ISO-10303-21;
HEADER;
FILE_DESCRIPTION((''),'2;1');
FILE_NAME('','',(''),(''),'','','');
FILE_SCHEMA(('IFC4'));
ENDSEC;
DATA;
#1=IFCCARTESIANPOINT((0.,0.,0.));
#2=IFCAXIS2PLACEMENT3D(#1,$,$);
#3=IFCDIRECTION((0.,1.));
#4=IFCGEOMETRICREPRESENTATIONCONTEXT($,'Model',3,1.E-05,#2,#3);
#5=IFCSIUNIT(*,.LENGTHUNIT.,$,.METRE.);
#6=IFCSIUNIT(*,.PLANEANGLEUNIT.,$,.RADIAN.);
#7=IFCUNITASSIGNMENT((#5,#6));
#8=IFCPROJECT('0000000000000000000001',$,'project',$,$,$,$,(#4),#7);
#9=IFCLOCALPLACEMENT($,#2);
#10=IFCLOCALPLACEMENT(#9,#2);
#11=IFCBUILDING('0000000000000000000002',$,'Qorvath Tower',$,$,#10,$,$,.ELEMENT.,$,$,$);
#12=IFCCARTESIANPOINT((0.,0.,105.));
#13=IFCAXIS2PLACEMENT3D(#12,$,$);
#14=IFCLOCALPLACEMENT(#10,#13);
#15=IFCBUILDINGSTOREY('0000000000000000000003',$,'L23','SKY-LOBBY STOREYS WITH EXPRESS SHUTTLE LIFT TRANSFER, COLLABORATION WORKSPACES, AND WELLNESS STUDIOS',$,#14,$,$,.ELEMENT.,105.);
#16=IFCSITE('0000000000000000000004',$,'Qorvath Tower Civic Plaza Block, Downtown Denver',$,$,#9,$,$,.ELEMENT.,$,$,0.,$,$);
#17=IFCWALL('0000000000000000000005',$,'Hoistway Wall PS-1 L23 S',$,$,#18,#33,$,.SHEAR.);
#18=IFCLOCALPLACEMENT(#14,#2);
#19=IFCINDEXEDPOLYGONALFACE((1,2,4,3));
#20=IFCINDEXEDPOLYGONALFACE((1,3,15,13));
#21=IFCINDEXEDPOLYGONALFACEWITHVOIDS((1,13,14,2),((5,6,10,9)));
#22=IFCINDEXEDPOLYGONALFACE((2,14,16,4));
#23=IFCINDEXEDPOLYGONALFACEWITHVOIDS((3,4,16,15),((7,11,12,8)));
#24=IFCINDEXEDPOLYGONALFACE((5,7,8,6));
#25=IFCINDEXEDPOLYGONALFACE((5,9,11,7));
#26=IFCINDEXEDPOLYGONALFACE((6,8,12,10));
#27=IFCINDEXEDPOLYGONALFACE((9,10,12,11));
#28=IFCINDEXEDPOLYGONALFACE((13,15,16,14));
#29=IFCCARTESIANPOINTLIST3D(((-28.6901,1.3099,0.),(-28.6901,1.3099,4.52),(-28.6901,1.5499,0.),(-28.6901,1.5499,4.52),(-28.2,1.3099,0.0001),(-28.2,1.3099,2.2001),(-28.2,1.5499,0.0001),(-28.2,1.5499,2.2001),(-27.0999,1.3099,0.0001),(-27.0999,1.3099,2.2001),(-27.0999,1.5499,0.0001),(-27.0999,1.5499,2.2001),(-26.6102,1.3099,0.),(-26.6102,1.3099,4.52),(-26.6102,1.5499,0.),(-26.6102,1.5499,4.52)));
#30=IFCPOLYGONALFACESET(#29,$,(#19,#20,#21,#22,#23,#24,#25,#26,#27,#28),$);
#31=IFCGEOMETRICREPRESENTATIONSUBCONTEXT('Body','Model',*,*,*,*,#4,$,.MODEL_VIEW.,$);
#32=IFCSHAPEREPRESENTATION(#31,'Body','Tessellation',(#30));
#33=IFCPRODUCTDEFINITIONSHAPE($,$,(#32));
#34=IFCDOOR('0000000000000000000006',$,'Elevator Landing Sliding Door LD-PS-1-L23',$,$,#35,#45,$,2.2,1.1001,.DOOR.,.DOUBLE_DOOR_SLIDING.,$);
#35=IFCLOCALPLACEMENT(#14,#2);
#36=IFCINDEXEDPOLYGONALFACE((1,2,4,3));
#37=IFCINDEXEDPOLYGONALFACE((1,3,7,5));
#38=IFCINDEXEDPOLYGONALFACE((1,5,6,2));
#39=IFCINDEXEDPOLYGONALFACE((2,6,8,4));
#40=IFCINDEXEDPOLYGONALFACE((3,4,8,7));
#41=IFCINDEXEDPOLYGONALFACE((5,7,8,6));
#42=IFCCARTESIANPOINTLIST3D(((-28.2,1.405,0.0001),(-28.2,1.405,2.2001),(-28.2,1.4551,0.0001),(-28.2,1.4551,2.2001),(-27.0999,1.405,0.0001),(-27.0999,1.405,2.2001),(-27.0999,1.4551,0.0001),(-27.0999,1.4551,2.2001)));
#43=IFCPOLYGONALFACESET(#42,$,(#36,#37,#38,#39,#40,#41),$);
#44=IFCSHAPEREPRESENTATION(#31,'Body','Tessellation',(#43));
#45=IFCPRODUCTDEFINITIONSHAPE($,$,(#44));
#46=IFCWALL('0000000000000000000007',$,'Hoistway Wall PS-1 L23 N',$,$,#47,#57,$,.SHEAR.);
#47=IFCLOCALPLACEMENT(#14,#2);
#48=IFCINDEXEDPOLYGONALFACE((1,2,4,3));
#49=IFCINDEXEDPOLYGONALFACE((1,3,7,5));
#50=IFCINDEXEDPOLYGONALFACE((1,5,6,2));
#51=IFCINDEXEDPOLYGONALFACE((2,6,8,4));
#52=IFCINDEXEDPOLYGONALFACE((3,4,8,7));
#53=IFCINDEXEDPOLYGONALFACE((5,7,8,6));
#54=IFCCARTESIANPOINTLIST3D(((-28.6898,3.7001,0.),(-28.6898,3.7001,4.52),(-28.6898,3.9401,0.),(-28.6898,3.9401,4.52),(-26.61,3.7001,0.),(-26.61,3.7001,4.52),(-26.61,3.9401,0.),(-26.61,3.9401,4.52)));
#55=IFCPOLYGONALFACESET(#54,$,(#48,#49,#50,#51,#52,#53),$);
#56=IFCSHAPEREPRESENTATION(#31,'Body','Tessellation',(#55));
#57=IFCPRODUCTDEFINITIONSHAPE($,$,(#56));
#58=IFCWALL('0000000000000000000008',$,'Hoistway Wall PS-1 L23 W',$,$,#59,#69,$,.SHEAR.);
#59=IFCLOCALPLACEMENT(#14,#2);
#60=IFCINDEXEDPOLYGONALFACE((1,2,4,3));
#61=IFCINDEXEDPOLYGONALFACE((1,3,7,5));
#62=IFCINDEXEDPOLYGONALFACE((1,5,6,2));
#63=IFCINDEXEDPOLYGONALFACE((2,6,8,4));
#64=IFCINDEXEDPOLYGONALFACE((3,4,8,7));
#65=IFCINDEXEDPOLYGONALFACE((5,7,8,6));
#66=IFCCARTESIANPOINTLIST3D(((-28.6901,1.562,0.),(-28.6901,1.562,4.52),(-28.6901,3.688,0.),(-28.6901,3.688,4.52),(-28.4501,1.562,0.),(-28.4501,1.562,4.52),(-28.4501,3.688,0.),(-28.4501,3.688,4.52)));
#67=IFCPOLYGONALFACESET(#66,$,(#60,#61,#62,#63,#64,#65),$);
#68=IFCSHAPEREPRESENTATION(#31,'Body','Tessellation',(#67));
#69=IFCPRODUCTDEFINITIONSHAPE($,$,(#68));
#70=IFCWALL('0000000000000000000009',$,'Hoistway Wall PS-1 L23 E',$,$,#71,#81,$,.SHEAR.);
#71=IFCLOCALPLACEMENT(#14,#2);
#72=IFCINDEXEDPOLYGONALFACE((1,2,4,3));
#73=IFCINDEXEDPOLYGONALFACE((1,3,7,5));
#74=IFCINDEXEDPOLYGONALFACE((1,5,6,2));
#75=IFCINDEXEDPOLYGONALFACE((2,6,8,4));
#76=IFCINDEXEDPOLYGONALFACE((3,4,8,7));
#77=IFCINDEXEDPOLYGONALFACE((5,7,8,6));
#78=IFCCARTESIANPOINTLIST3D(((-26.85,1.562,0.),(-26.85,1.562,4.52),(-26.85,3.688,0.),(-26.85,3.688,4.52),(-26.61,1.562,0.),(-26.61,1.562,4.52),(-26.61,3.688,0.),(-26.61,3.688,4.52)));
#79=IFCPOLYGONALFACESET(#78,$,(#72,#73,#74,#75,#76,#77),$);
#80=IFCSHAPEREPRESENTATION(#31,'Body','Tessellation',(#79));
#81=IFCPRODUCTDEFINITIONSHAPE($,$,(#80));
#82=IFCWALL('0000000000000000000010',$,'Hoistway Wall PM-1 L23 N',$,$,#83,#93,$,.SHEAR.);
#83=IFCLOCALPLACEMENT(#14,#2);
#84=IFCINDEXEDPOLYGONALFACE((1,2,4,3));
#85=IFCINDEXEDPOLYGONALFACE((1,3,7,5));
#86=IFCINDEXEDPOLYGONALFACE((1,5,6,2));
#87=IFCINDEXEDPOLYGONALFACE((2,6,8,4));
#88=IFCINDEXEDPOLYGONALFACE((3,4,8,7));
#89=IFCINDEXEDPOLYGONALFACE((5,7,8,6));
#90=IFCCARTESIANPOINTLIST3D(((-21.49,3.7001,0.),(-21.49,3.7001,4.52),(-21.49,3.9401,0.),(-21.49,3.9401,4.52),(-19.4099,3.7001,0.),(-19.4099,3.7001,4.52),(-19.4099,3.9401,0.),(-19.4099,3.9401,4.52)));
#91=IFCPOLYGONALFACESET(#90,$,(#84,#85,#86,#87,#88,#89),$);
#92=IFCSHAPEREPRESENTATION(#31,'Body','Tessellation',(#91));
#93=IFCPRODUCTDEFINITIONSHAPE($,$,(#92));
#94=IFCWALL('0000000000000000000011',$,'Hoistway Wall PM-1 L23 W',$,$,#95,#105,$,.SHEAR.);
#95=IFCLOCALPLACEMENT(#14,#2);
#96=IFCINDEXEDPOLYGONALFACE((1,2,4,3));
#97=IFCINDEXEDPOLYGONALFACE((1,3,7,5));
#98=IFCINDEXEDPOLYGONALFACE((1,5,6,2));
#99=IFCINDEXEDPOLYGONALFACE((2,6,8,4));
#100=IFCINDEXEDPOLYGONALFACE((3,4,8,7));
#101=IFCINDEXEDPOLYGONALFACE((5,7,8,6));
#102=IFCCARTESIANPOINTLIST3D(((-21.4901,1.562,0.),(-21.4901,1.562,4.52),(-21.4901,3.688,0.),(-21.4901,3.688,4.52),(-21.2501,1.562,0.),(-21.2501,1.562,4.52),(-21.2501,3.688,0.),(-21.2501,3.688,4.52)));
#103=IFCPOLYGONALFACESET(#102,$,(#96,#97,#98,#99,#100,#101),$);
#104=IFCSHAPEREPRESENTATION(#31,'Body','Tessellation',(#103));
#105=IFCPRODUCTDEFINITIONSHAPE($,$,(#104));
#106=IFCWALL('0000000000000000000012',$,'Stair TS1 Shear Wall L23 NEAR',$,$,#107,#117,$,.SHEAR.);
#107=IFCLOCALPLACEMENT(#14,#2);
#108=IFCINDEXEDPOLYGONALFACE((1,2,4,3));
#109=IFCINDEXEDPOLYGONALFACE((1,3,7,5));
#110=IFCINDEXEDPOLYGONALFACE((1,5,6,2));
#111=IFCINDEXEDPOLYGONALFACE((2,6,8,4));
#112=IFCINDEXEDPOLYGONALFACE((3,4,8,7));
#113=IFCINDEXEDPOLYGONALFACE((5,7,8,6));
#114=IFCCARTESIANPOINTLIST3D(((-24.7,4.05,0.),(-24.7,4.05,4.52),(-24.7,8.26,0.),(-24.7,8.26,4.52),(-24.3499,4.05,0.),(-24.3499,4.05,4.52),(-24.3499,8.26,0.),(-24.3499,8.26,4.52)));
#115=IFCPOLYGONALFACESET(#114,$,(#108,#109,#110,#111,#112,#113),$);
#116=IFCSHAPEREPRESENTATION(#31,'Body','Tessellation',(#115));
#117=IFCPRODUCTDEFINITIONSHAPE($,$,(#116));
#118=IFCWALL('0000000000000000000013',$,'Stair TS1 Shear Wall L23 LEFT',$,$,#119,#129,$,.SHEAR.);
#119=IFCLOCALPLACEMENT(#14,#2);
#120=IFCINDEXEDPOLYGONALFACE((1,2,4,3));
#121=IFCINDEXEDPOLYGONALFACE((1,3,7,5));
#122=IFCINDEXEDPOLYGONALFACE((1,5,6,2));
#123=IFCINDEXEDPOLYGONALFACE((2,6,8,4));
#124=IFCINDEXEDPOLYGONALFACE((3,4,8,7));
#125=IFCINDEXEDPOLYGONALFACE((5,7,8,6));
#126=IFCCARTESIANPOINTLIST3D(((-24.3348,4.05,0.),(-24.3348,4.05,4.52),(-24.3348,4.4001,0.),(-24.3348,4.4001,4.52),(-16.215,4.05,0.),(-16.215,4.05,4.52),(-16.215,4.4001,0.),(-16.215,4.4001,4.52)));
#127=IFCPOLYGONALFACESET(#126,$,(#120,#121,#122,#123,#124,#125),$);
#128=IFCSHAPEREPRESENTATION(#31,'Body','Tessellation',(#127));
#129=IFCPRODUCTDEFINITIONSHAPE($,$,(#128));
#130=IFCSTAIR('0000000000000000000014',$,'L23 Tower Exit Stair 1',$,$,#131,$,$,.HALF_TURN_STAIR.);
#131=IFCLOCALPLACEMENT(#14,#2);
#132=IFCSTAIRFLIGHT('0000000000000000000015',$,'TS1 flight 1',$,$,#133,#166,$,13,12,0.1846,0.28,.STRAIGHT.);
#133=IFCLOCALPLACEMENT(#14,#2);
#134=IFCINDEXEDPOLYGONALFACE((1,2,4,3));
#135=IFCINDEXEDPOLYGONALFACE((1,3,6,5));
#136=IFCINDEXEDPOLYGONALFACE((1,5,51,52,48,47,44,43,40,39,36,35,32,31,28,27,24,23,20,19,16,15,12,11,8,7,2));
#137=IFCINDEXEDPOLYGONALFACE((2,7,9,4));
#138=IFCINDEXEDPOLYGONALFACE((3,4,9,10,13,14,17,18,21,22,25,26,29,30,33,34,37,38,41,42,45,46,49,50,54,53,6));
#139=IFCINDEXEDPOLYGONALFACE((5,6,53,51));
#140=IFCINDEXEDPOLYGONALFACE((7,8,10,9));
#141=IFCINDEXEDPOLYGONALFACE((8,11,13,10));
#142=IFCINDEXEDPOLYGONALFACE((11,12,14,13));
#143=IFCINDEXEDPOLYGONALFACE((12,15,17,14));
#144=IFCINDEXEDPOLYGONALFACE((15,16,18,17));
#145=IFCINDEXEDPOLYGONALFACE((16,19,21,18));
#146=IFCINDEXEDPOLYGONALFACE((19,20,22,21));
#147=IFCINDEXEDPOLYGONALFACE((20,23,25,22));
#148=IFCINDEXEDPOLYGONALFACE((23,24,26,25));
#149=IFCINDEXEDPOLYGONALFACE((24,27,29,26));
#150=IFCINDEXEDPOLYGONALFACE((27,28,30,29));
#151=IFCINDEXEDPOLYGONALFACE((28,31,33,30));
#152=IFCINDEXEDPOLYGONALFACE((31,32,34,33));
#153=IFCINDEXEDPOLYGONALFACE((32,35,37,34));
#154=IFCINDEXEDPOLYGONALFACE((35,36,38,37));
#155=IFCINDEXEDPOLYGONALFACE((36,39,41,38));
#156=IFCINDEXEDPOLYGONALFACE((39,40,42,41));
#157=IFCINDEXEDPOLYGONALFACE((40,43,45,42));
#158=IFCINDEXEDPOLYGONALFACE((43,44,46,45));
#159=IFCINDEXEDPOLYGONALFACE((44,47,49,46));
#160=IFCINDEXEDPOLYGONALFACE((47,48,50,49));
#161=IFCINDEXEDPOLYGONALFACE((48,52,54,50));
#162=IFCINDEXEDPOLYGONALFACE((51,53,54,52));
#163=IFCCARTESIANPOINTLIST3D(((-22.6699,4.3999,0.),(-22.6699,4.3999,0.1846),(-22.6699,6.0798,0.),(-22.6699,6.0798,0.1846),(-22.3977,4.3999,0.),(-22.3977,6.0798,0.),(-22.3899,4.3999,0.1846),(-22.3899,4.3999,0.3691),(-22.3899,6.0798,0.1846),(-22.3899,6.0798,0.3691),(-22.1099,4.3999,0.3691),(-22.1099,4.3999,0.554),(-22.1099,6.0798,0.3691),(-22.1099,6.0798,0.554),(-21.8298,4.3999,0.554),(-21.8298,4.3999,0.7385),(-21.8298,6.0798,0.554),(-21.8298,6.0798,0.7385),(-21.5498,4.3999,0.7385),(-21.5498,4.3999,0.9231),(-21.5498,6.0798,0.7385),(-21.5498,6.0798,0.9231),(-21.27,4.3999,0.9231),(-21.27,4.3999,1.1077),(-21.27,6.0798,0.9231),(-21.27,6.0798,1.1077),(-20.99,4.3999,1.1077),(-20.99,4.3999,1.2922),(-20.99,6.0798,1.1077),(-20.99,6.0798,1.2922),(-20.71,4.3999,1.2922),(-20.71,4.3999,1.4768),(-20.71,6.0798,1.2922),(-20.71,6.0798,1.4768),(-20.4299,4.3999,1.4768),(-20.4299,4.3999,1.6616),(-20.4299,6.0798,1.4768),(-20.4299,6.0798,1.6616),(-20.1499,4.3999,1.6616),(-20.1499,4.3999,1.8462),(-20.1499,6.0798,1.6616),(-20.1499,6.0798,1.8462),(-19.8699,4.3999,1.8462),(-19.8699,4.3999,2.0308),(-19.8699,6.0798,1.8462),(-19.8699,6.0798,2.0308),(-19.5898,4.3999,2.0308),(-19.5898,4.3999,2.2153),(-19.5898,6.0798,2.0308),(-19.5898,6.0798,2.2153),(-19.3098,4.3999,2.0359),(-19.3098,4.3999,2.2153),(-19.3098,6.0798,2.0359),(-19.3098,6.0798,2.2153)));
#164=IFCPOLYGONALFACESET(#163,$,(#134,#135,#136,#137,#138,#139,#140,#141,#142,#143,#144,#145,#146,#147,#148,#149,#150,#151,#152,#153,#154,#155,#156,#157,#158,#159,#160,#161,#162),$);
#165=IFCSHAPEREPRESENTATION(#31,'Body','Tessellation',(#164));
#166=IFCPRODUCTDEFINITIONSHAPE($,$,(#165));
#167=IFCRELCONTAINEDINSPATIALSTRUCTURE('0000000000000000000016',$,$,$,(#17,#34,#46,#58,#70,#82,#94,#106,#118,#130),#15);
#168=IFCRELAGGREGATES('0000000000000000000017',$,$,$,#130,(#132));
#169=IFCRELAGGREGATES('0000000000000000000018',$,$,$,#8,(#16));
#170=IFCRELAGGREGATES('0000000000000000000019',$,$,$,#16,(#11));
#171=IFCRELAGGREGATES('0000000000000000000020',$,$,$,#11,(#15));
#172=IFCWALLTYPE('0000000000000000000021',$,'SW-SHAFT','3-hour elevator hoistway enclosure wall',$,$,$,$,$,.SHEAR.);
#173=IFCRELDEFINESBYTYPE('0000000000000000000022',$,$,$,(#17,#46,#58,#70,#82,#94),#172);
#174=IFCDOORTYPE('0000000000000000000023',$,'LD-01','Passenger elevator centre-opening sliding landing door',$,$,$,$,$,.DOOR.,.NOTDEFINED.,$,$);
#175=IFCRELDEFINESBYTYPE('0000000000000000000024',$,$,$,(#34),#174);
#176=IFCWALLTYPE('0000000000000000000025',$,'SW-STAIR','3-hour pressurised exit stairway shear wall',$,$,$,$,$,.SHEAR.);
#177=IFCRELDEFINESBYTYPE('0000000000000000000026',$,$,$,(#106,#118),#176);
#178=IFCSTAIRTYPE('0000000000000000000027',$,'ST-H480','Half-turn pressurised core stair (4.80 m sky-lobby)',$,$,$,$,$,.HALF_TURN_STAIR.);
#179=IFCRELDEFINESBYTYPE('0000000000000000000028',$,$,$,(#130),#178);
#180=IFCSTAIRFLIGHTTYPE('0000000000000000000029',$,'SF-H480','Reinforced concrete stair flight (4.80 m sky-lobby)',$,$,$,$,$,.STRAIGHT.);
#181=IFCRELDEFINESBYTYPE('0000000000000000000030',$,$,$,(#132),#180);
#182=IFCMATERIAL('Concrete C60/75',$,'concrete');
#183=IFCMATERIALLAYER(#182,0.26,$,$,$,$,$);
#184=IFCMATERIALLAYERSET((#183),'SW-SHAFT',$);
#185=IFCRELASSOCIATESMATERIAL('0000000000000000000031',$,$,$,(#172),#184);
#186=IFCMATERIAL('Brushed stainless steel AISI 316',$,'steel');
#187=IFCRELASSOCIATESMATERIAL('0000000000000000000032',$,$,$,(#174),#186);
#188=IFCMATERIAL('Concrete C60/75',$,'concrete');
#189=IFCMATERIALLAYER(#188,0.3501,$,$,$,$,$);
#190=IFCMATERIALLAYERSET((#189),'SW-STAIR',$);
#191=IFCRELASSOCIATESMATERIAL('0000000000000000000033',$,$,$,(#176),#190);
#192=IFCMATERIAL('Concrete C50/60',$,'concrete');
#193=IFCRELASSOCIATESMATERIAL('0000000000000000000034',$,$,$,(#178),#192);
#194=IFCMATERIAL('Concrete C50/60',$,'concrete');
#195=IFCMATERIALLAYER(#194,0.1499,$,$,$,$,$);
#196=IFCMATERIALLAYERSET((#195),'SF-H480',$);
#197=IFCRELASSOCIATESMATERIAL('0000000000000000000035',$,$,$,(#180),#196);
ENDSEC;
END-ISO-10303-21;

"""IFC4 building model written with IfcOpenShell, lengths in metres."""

from ifc_helpers import new_model, si_unit, direction, frame, frame_2d, origin, place, context, subcontext, project, spatial, polyline, rectangle, outline, extrude, material, layer, layer_set, type_object, element, fill, aggregate, save


model = new_model("IFC4")

# Units and contexts
model_context = context("Model", 3, precision=1e-05, world=origin(), true_north=direction((0.0, 1.0)))
body_context = subcontext(model_context, "Body", "Model", "MODEL_VIEW")
ifc_project = project(units=[si_unit("LENGTHUNIT", "METRE"), si_unit("PLANEANGLEUNIT", "RADIAN")], contexts=[model_context])

# Site, building, storey
site_placement = place(None, origin())
site = spatial("IfcSite", under=ifc_project, at=site_placement, Name="Qorvath Tower Civic Plaza Block, Downtown Denver", CompositionType="ELEMENT", RefElevation=0.0)
building_placement = place(site_placement, origin())
building = spatial("IfcBuilding", under=site, at=building_placement, Name="Qorvath Tower", CompositionType="ELEMENT")
storey_placement = place(building_placement, frame((0.0, 0.0, 105.0)))
storey = spatial("IfcBuildingStorey", under=building, at=storey_placement, Name="L23", Description="SKY-LOBBY STOREYS WITH EXPRESS SHUTTLE LIFT TRANSFER, COLLABORATION WORKSPACES, AND WELLNESS STUDIOS", CompositionType="ELEMENT", Elevation=105.0)

# Shared definitions
ifc_material_1 = material(Name="Concrete C60/75", Category="concrete")
ifc_layer_1 = layer(ifc_material_1, 0.26)
ifc_layer_set_1 = layer_set([ifc_layer_1], Name="SW-SHAFT")
wall_type_1 = type_object("IfcWallType", Name="SW-SHAFT", Description="3-hour elevator hoistway enclosure wall", PredefinedType="SHEAR", material=ifc_layer_set_1)

# Wall, opening, door
wall_1_placement = place(storey_placement, frame((-26.6101, 1.4299, 0.0), z_axis=(0.0, 0.0, 1.0), x_axis=(-1.0, 0.0, 0.0)))
wall_1 = element("IfcWall", 1, at=wall_1_placement, inside=storey, type_object=wall_type_1, Name="Hoistway Wall PS-1 L23 S", PredefinedType="SHEAR", context=body_context, shape_type="SweptSolid", body=[
    extrude(rectangle(XDim=2.0798, YDim=0.24, at=frame_2d((1.04, 0.0))), origin(), (0.0, 0.0, 1.0), 4.52),
])
opening_1_placement = place(wall_1_placement, frame((0.4897, 0.0, 0.0)))
opening_1 = element("IfcOpeningElement", 2, at=opening_1_placement, cuts=wall_1, PredefinedType="OPENING", context=body_context, shape_type="SweptSolid", body=[
    extrude(rectangle(XDim=1.1001, YDim=2.2, at=frame_2d((0.55, 1.1001))), frame((0.0, 0.1299, 0.0), z_axis=(0.0, -1.0, 0.0), x_axis=(1.0, 0.0, 0.0)), (0.0, 0.0, 1.0), 0.26),
])
ifc_material_2 = material(Name="Brushed stainless steel AISI 316", Category="steel")
door_type_1 = type_object("IfcDoorType", Name="LD-01", Description="Passenger elevator centre-opening sliding landing door", OperationType="NOTDEFINED", PredefinedType="DOOR", material=ifc_material_2)
door_1_placement = place(opening_1_placement, origin())
door_1 = element("IfcDoor", 3, at=door_1_placement, inside=storey, type_object=door_type_1, Name="Elevator Landing Sliding Door LD-PS-1-L23", OperationType="DOUBLE_DOOR_SLIDING", OverallHeight=2.2, OverallWidth=1.1001, PredefinedType="DOOR", context=body_context, shape_type="SweptSolid", body=[
    extrude(rectangle(XDim=1.1001, YDim=2.2, at=frame_2d((0.55, 1.1001))), frame((0.0, 0.0249, 0.0), z_axis=(0.0, -1.0, 0.0), x_axis=(1.0, 0.0, 0.0)), (0.0, 0.0, 1.0), 0.05),
])
fill(opening_1, door_1)

# Walls
wall_2_placement = place(storey_placement, frame((-28.6899, 3.8201, 0.0), z_axis=(0.0, 0.0, 1.0), x_axis=(1.0, 0.0, 0.0)))
element("IfcWall", 4, at=wall_2_placement, inside=storey, type_object=wall_type_1, Name="Hoistway Wall PS-1 L23 N", PredefinedType="SHEAR", context=body_context, shape_type="SweptSolid", body=[
    extrude(rectangle(XDim=2.0798, YDim=0.24, at=frame_2d((1.04, 0.0))), origin(), (0.0, 0.0, 1.0), 4.52),
])
for number, where, z_axis, x_axis, name in (
    (5, (-28.5701, 1.562, 0.0), (0.0, 0.0, 1.0), (0.0, 1.0, 0.0), "Hoistway Wall PS-1 L23 W"),
    (6, (-26.73, 3.688, 0.0), (0.0, 0.0, 1.0), (0.0, -1.0, 0.0), "Hoistway Wall PS-1 L23 E"),
):
    element("IfcWall", number, at=place(storey_placement, frame(where, z_axis=z_axis, x_axis=x_axis)), inside=storey, type_object=wall_type_1, Name=name, PredefinedType="SHEAR", context=body_context, shape_type="SweptSolid", body=[
        extrude(rectangle(XDim=2.126, YDim=0.24, at=frame_2d((1.063, 0.0))), origin(), (0.0, 0.0, 1.0), 4.52),
    ])
wall_3_placement = place(storey_placement, frame((-21.49, 3.8201, 0.0), z_axis=(0.0, 0.0, 1.0), x_axis=(1.0, 0.0, 0.0)))
element("IfcWall", 7, at=wall_3_placement, inside=storey, type_object=wall_type_1, Name="Hoistway Wall PM-1 L23 N", PredefinedType="SHEAR", context=body_context, shape_type="SweptSolid", body=[
    extrude(rectangle(XDim=2.0801, YDim=0.24, at=frame_2d((1.04, 0.0))), origin(), (0.0, 0.0, 1.0), 4.52),
])
wall_4_placement = place(storey_placement, frame((-21.3701, 1.562, 0.0), z_axis=(0.0, 0.0, 1.0), x_axis=(0.0, 1.0, 0.0)))
element("IfcWall", 8, at=wall_4_placement, inside=storey, type_object=wall_type_1, Name="Hoistway Wall PM-1 L23 W", PredefinedType="SHEAR", context=body_context, shape_type="SweptSolid", body=[
    extrude(rectangle(XDim=2.126, YDim=0.24, at=frame_2d((1.063, 0.0))), origin(), (0.0, 0.0, 1.0), 4.52),
])
ifc_material_3 = material(Name="Concrete C60/75", Category="concrete")
ifc_layer_2 = layer(ifc_material_3, 0.3501)
ifc_layer_set_2 = layer_set([ifc_layer_2], Name="SW-STAIR")
wall_type_2 = type_object("IfcWallType", Name="SW-STAIR", Description="3-hour pressurised exit stairway shear wall", PredefinedType="SHEAR", material=ifc_layer_set_2)
wall_5_placement = place(storey_placement, frame((-24.5249, 8.26, 0.0), z_axis=(0.0, 0.0, 1.0), x_axis=(0.0, -1.0, 0.0)))
element("IfcWall", 9, at=wall_5_placement, inside=storey, type_object=wall_type_2, Name="Stair TS1 Shear Wall L23 NEAR", PredefinedType="SHEAR", context=body_context, shape_type="SweptSolid", body=[
    extrude(rectangle(XDim=4.21, YDim=0.3501, at=frame_2d((2.105, 0.0))), origin(), (0.0, 0.0, 1.0), 4.52),
])
wall_6_placement = place(storey_placement, frame((-24.335, 4.2251, 0.0), z_axis=(0.0, 0.0, 1.0), x_axis=(1.0, 0.0, 0.0)))
element("IfcWall", 10, at=wall_6_placement, inside=storey, type_object=wall_type_2, Name="Stair TS1 Shear Wall L23 LEFT", PredefinedType="SHEAR", context=body_context, shape_type="SweptSolid", body=[
    extrude(rectangle(XDim=8.1199, YDim=0.3501, at=frame_2d((4.0601, 0.0))), origin(), (0.0, 0.0, 1.0), 4.52),
])

# Stair, stair flight
ifc_material_4 = material(Name="Concrete C50/60", Category="concrete")
stair_type = type_object("IfcStairType", Name="ST-H480", Description="Half-turn pressurised core stair (4.80 m sky-lobby)", PredefinedType="HALF_TURN_STAIR", material=ifc_material_4)
stair_placement = place(storey_placement, origin())
stair = element("IfcStair", 11, at=stair_placement, inside=storey, type_object=stair_type, Name="L23 Tower Exit Stair 1", PredefinedType="HALF_TURN_STAIR")
ifc_material_5 = material(Name="Concrete C50/60", Category="concrete")
ifc_layer_3 = layer(ifc_material_5, 0.1499)
ifc_layer_set_3 = layer_set([ifc_layer_3], Name="SF-H480")
stair_flight_type = type_object("IfcStairFlightType", Name="SF-H480", Description="Reinforced concrete stair flight (4.80 m sky-lobby)", PredefinedType="STRAIGHT", material=ifc_layer_set_3)
stair_flight_placement = place(storey_placement, frame((-22.6699, 5.24, 0.0), z_axis=(0.0, 0.0, 1.0), x_axis=(1.0, 0.0, 0.0)))
stair_flight = element("IfcStairFlight", 12, at=stair_flight_placement, type_object=stair_flight_type, Name="TS1 flight 1", NumberOfRisers=13, NumberOfTreads=12, PredefinedType="STRAIGHT", RiserHeight=0.1846, TreadLength=0.28, context=body_context, shape_type="SweptSolid", body=[
    extrude(outline(polyline([(0.0, 0.0), (0.0, 0.1846), (0.28, 0.1846), (0.28, 0.3691), (0.5601, 0.3691), (0.5601, 0.554), (0.8401, 0.554), (0.8401, 0.7385), (1.1201, 0.7385), (1.1201, 0.9231), (1.3999, 0.9231), (1.3999, 1.1077), (1.6799, 1.1077), (1.6799, 1.2922), (1.96, 1.2922), (1.96, 1.4768), (2.24, 1.4768), (2.24, 1.6616), (2.52, 1.6616), (2.52, 1.8462), (2.8, 1.8462), (2.8, 2.0308), (3.0801, 2.0308), (3.0801, 2.2153), (3.3601, 2.2153), (3.3601, 2.3999), (3.3601, 2.0359), (0.2722, 0.0), (0.0, 0.0)])), frame((0.0, 0.8398, 0.0), z_axis=(0.0, -1.0, 0.0), x_axis=(1.0, 0.0, 0.0)), (0.0, 0.0, 1.0), 1.6799),
])
aggregate(stair, [stair_flight])

save(model, "model.ifc")
